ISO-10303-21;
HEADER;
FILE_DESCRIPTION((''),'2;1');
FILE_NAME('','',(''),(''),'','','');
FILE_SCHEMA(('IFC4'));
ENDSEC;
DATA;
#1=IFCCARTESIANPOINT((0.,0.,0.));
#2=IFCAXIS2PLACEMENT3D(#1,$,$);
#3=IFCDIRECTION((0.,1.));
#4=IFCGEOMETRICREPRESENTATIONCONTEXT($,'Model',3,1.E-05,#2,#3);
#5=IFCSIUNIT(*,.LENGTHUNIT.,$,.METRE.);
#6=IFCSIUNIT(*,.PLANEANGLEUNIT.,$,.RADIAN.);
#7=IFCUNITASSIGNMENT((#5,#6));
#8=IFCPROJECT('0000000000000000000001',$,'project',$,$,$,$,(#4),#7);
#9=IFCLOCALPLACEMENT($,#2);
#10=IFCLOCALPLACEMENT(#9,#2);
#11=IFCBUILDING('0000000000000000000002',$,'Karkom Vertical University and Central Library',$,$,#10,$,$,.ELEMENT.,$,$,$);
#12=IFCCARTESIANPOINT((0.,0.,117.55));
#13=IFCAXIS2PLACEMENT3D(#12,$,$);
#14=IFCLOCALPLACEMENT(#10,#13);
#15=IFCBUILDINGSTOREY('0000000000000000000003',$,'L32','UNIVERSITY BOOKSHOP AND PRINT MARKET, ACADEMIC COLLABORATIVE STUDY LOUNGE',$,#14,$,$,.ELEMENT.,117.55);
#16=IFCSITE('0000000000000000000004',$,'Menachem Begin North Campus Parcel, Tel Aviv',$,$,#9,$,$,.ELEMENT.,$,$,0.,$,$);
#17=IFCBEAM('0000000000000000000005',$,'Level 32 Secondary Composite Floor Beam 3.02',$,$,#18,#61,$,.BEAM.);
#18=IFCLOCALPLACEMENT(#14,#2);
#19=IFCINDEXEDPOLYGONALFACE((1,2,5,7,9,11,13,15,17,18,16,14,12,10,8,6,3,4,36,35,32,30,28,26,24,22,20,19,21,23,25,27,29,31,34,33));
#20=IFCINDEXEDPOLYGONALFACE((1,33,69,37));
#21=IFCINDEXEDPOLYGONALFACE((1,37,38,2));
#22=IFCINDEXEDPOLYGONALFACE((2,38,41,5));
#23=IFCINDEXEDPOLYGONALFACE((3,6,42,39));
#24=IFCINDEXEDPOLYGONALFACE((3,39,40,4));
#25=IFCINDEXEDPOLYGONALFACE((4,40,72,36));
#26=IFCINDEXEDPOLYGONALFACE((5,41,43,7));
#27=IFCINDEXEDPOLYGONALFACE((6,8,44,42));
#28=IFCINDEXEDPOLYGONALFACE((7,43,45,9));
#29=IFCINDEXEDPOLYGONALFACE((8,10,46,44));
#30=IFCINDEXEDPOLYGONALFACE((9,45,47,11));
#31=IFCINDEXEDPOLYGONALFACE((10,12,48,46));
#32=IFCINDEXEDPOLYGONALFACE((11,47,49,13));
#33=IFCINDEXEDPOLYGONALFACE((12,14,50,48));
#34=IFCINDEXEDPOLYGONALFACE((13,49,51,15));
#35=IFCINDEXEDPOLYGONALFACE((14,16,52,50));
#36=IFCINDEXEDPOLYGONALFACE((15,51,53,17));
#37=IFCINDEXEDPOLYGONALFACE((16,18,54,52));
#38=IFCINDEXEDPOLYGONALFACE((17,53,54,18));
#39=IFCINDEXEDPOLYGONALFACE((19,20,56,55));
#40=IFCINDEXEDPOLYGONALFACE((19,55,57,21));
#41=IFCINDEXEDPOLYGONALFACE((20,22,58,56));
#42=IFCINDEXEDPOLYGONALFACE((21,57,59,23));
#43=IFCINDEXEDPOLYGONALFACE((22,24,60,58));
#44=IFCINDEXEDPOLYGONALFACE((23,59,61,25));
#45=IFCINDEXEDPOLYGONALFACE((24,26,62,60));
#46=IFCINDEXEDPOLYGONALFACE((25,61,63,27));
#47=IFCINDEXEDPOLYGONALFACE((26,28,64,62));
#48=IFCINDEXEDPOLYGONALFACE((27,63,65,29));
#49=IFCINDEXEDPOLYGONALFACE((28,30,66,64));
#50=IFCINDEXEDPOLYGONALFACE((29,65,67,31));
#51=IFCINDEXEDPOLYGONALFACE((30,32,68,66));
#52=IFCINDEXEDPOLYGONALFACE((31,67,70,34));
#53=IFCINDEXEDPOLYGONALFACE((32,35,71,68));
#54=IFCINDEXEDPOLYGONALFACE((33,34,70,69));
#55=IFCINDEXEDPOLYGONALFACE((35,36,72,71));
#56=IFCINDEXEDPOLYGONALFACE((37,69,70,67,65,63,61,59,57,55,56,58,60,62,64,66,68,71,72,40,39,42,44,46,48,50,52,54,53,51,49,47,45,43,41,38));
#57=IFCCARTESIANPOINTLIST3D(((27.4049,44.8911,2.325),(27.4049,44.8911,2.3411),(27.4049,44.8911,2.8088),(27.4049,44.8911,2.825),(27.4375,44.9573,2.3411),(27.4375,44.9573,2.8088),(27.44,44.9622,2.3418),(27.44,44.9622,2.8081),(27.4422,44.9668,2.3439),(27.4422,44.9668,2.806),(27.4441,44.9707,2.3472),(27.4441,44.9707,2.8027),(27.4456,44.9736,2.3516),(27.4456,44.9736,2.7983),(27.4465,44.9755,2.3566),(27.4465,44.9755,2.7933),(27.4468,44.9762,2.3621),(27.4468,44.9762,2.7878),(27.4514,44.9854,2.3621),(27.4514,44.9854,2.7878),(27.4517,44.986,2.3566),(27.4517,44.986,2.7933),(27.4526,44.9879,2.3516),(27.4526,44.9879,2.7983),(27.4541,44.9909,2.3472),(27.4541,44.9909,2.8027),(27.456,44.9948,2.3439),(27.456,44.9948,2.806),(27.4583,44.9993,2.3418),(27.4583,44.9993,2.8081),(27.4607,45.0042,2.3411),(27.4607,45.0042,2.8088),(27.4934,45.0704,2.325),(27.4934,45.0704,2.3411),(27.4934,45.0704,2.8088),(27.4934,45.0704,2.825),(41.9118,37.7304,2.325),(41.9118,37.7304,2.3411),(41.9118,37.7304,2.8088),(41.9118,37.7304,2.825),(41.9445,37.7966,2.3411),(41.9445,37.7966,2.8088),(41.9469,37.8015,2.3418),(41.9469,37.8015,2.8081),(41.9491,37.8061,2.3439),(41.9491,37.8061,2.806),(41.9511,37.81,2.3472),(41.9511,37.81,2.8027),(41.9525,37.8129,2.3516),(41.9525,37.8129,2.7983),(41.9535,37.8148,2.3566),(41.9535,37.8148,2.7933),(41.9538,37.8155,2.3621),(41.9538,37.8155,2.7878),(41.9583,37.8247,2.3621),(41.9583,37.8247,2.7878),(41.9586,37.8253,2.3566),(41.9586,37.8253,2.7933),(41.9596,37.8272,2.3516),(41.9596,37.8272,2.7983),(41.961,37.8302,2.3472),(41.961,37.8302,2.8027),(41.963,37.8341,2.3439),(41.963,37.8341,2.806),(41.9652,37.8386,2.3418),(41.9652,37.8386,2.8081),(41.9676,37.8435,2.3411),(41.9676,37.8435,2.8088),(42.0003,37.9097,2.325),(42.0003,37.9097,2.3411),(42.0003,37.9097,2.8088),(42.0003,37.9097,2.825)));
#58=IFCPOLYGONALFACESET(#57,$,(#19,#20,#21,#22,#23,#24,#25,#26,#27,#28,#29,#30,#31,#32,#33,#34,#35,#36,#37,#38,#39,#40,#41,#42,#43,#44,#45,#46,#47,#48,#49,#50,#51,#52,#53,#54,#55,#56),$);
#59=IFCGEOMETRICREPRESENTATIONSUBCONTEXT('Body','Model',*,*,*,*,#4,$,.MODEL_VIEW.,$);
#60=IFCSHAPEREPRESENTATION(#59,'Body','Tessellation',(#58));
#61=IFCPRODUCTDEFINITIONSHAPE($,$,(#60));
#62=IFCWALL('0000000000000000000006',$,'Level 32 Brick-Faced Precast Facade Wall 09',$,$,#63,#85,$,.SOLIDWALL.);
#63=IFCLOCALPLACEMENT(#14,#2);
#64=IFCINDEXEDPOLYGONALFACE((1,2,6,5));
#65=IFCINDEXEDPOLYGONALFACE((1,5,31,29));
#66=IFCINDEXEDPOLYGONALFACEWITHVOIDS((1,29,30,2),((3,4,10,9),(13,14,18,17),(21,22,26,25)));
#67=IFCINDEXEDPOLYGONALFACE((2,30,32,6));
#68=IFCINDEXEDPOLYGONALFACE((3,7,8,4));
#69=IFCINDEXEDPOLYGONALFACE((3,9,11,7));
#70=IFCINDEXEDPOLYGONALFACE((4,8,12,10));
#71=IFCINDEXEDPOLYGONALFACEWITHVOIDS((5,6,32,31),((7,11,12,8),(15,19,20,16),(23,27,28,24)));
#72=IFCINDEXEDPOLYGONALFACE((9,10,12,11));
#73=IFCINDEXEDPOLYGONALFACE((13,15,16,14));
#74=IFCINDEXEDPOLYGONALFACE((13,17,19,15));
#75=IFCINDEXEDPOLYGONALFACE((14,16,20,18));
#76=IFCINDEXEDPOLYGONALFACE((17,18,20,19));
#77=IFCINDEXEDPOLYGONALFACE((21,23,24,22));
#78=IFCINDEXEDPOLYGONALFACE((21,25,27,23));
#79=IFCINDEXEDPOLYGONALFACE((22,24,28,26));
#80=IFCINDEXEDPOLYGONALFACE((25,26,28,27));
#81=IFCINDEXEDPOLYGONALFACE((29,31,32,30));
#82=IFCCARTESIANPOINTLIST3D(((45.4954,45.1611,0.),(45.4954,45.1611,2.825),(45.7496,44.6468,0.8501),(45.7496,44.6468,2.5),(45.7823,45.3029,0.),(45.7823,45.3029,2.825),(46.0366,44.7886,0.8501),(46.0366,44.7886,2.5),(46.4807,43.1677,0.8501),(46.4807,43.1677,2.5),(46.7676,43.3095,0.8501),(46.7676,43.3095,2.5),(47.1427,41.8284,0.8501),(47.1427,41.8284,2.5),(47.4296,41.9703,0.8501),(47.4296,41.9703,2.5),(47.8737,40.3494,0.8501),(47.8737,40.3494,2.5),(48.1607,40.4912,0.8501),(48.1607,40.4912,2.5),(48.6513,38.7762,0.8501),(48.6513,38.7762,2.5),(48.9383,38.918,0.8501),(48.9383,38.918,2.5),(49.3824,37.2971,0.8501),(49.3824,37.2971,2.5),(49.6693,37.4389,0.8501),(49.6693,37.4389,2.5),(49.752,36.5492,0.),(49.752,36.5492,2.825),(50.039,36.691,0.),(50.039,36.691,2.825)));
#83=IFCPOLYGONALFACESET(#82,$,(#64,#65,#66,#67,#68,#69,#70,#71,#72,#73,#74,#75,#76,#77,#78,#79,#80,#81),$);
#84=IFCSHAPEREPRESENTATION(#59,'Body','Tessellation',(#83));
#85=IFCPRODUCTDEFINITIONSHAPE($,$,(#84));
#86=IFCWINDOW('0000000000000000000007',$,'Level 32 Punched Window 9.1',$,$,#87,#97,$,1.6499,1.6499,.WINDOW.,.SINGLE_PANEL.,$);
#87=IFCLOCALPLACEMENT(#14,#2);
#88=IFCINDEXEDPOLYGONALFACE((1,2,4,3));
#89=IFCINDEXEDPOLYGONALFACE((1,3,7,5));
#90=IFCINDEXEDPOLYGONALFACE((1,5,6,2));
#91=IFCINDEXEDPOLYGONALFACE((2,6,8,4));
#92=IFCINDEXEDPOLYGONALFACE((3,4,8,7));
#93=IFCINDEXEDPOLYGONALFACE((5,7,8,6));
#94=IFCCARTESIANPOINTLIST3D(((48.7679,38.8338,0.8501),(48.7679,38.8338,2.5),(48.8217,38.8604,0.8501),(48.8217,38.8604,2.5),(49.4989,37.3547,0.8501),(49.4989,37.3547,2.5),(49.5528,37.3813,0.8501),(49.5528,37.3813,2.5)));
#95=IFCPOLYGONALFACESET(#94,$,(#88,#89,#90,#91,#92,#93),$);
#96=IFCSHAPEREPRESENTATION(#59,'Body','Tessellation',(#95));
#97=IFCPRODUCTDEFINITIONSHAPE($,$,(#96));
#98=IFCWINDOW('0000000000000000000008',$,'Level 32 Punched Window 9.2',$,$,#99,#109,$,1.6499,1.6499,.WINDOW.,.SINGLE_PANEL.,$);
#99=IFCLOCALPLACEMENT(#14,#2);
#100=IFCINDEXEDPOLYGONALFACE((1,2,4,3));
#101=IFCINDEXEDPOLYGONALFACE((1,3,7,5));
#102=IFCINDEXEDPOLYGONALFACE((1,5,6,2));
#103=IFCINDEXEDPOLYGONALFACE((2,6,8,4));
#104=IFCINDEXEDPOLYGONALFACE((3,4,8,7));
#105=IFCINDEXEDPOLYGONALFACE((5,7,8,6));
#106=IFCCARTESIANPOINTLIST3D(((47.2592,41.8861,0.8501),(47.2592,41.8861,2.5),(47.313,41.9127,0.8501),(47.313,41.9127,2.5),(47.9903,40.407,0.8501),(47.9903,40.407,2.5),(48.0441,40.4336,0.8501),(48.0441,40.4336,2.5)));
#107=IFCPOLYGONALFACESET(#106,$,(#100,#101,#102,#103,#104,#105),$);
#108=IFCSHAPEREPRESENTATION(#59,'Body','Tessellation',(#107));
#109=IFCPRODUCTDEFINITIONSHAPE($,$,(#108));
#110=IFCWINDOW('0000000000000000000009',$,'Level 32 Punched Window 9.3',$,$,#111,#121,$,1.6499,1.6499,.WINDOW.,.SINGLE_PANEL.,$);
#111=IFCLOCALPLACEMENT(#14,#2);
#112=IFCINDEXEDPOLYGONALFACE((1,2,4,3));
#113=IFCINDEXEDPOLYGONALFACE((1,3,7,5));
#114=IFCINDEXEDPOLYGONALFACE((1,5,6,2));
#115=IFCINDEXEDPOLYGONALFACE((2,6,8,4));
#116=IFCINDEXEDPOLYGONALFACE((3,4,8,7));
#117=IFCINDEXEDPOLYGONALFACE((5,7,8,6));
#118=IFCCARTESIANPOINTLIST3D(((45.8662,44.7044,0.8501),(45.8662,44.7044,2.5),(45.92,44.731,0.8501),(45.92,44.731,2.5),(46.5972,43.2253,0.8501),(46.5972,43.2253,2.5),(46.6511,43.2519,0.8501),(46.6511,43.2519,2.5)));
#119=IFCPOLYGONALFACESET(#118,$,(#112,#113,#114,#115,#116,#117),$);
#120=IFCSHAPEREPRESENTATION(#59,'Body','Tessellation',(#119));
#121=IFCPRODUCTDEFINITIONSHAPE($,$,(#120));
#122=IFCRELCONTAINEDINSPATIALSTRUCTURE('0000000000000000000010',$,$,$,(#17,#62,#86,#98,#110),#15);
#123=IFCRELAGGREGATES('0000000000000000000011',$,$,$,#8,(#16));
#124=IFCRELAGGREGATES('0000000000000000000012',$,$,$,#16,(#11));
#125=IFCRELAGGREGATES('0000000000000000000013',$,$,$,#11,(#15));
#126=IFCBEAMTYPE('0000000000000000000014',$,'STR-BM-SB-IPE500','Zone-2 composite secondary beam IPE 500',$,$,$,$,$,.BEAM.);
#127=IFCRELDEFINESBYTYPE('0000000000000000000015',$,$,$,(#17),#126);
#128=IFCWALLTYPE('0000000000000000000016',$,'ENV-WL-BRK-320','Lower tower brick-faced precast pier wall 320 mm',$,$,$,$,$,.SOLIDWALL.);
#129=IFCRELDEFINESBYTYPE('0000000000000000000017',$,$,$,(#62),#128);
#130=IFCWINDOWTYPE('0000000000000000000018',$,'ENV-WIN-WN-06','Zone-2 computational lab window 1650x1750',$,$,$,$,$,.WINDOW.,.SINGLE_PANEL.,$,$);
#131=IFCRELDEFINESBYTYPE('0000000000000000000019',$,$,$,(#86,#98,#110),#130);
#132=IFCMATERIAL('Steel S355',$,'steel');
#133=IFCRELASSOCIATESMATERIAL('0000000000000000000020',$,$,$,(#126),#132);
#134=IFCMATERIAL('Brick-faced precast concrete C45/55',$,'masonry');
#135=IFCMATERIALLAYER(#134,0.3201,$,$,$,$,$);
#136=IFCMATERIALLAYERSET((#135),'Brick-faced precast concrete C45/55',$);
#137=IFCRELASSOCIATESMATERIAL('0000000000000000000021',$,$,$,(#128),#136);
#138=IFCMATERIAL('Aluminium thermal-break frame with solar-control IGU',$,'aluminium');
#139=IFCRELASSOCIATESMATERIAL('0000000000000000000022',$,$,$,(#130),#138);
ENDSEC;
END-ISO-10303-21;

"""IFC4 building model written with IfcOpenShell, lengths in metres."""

from ifc_helpers import new_model, si_unit, direction, frame, frame_2d, origin, origin_with_axes, origin_2d, place, context, subcontext, project, spatial, rectangle, i_section, extrude, source, transform, mapped, material, layer, layer_set, material_profile, profile_set, type_object, element, fill, save


model = new_model("IFC4")

# Units and contexts
model_context = context("Model", 3, precision=1e-05, world=origin(), true_north=direction((0.0, 1.0)))
body_context = subcontext(model_context, "Body", "Model", "MODEL_VIEW")
ifc_project = project(units=[si_unit("LENGTHUNIT", "METRE"), si_unit("PLANEANGLEUNIT", "RADIAN")], contexts=[model_context])

# Site, building, storey
site_placement = place(None, origin())
site = spatial("IfcSite", under=ifc_project, at=site_placement, Name="Menachem Begin North Campus Parcel, Tel Aviv", CompositionType="ELEMENT", RefElevation=0.0)
building_placement = place(site_placement, origin())
building = spatial("IfcBuilding", under=site, at=building_placement, Name="Karkom Vertical University and Central Library", CompositionType="ELEMENT")
storey_placement = place(building_placement, frame((0.0, 0.0, 117.55)))
storey = spatial("IfcBuildingStorey", under=building, at=storey_placement, Name="L32", Description="UNIVERSITY BOOKSHOP AND PRINT MARKET, ACADEMIC COLLABORATIVE STUDY LOUNGE", CompositionType="ELEMENT", Elevation=117.55)

# Beam
ifc_material_1 = material(Name="Steel S355", Category="steel")
ifc_material_profile_1 = material_profile(ifc_material_1, i_section(OverallWidth=0.2, OverallDepth=0.5, WebThickness=0.0103, FlangeThickness=0.0161, FilletRadius=0.021, at=origin_2d()), Name="IPE 500")
ifc_profile_set_1 = profile_set([ifc_material_profile_1], Name="Steel S355")
beam_type_1 = type_object("IfcBeamType", Name="STR-BM-SB-IPE500", Description="Zone-2 composite secondary beam IPE 500", PredefinedType="BEAM", material=ifc_profile_set_1)
shared_shape_1 = source(origin_with_axes(), body_context, "Body", "SweptSolid", [
    extrude(i_section(OverallWidth=0.2, OverallDepth=0.5, WebThickness=0.0103, FlangeThickness=0.0161, FilletRadius=0.021, at=origin_2d()), origin(), (0.0, 0.0, 1.0), 16.178),
])
beam_1_placement = place(storey_placement, frame((41.9561, 37.8201, 2.575), z_axis=(-0.896709, 0.44262, 0.0), x_axis=(-0.44262, -0.896709, 0.0)))
element("IfcBeam", 1, at=beam_1_placement, inside=storey, type_object=beam_type_1, Name="Level 32 Secondary Composite Floor Beam 3.02", PredefinedType="BEAM", context=body_context, shape_type="MappedRepresentation", body=[
    mapped(shared_shape_1, transform((0.0, 0.0, 0.0), scale=1.0)),
])

# Wall, openings, windows
ifc_material_2 = material(Name="Brick-faced precast concrete C45/55", Category="masonry")
ifc_layer_1 = layer(ifc_material_2, 0.3201)
ifc_layer_set_1 = layer_set([ifc_layer_1], Name="Brick-faced precast concrete C45/55")
wall_type_1 = type_object("IfcWallType", Name="ENV-WL-BRK-320", Description="Lower tower brick-faced precast pier wall 320 mm", PredefinedType="SOLIDWALL", material=ifc_layer_set_1)
wall_1_placement = place(storey_placement, frame((49.8955, 36.6201, 0.0), z_axis=(0.0, 0.0, 1.0), x_axis=(-0.443102, 0.896471, 0.0)))
wall_1 = element("IfcWall", 2, at=wall_1_placement, inside=storey, type_object=wall_type_1, Name="Level 32 Brick-Faced Precast Facade Wall 09", PredefinedType="SOLIDWALL", context=body_context, shape_type="SweptSolid", body=[
    extrude(rectangle(XDim=9.6064, YDim=0.3201, at=frame_2d((4.8032, 0.0))), origin(), (0.0, 0.0, 1.0), 2.825),
])
opening_1_placement = place(wall_1_placement, frame((0.8342, 0.0, 0.8501)))
opening_1 = element("IfcOpeningElement", 3, at=opening_1_placement, cuts=wall_1, PredefinedType="OPENING", context=body_context, shape_type="SweptSolid", body=[
    extrude(rectangle(XDim=1.6499, YDim=1.6499, at=frame_2d((0.825, 0.825))), frame((0.0, 0.1699, 0.0), z_axis=(0.0, -1.0, 0.0), x_axis=(1.0, 0.0, 0.0)), (0.0, 0.0, 1.0), 0.3401),
])
opening_2_placement = place(wall_1_placement, frame((4.239, 0.0, 0.8501)))
opening_2 = element("IfcOpeningElement", 4, at=opening_2_placement, cuts=wall_1, PredefinedType="OPENING", context=body_context, shape_type="SweptSolid", body=[
    extrude(rectangle(XDim=1.6499, YDim=1.6499, at=frame_2d((0.825, 0.825))), frame((0.0, 0.1699, 0.0), z_axis=(0.0, -1.0, 0.0), x_axis=(1.0, 0.0, 0.0)), (0.0, 0.0, 1.0), 0.3401),
])
opening_3_placement = place(wall_1_placement, frame((7.3828, 0.0, 0.8501)))
opening_3 = element("IfcOpeningElement", 5, at=opening_3_placement, cuts=wall_1, PredefinedType="OPENING", context=body_context, shape_type="SweptSolid", body=[
    extrude(rectangle(XDim=1.6499, YDim=1.6499, at=frame_2d((0.825, 0.825))), frame((0.0, 0.1699, 0.0), z_axis=(0.0, -1.0, 0.0), x_axis=(1.0, 0.0, 0.0)), (0.0, 0.0, 1.0), 0.3401),
])
ifc_material_3 = material(Name="Aluminium thermal-break frame with solar-control IGU", Category="aluminium")
window_type_1 = type_object("IfcWindowType", Name="ENV-WIN-WN-06", Description="Zone-2 computational lab window 1650x1750", PartitioningType="SINGLE_PANEL", PredefinedType="WINDOW", material=ifc_material_3)
shared_shape_2 = source(origin_with_axes(), body_context, "Body", "SweptSolid", [
    extrude(rectangle(XDim=1.6499, YDim=1.6499, at=frame_2d((0.825, 0.825))), frame((0.0, 0.03, 0.0), z_axis=(0.0, -1.0, 0.0), x_axis=(1.0, 0.0, 0.0)), (0.0, 0.0, 1.0), 0.0601),
])
window_1_placement = place(opening_1_placement, origin())
window_1 = element("IfcWindow", 6, at=window_1_placement, inside=storey, type_object=window_type_1, Name="Level 32 Punched Window 9.1", OverallHeight=1.6499, OverallWidth=1.6499, PartitioningType="SINGLE_PANEL", PredefinedType="WINDOW", context=body_context, shape_type="MappedRepresentation", body=[
    mapped(shared_shape_2, transform((0.0, 0.0, 0.0), scale=1.0)),
])
fill(opening_1, window_1)
window_2_placement = place(opening_2_placement, origin())
window_2 = element("IfcWindow", 7, at=window_2_placement, inside=storey, type_object=window_type_1, Name="Level 32 Punched Window 9.2", OverallHeight=1.6499, OverallWidth=1.6499, PartitioningType="SINGLE_PANEL", PredefinedType="WINDOW", context=body_context, shape_type="MappedRepresentation", body=[
    mapped(shared_shape_2, transform((0.0, 0.0, 0.0), scale=1.0)),
])
fill(opening_2, window_2)
window_3_placement = place(opening_3_placement, origin())
window_3 = element("IfcWindow", 8, at=window_3_placement, inside=storey, type_object=window_type_1, Name="Level 32 Punched Window 9.3", OverallHeight=1.6499, OverallWidth=1.6499, PartitioningType="SINGLE_PANEL", PredefinedType="WINDOW", context=body_context, shape_type="MappedRepresentation", body=[
    mapped(shared_shape_2, transform((0.0, 0.0, 0.0), scale=1.0)),
])
fill(opening_3, window_3)

save(model, "model.ifc")
